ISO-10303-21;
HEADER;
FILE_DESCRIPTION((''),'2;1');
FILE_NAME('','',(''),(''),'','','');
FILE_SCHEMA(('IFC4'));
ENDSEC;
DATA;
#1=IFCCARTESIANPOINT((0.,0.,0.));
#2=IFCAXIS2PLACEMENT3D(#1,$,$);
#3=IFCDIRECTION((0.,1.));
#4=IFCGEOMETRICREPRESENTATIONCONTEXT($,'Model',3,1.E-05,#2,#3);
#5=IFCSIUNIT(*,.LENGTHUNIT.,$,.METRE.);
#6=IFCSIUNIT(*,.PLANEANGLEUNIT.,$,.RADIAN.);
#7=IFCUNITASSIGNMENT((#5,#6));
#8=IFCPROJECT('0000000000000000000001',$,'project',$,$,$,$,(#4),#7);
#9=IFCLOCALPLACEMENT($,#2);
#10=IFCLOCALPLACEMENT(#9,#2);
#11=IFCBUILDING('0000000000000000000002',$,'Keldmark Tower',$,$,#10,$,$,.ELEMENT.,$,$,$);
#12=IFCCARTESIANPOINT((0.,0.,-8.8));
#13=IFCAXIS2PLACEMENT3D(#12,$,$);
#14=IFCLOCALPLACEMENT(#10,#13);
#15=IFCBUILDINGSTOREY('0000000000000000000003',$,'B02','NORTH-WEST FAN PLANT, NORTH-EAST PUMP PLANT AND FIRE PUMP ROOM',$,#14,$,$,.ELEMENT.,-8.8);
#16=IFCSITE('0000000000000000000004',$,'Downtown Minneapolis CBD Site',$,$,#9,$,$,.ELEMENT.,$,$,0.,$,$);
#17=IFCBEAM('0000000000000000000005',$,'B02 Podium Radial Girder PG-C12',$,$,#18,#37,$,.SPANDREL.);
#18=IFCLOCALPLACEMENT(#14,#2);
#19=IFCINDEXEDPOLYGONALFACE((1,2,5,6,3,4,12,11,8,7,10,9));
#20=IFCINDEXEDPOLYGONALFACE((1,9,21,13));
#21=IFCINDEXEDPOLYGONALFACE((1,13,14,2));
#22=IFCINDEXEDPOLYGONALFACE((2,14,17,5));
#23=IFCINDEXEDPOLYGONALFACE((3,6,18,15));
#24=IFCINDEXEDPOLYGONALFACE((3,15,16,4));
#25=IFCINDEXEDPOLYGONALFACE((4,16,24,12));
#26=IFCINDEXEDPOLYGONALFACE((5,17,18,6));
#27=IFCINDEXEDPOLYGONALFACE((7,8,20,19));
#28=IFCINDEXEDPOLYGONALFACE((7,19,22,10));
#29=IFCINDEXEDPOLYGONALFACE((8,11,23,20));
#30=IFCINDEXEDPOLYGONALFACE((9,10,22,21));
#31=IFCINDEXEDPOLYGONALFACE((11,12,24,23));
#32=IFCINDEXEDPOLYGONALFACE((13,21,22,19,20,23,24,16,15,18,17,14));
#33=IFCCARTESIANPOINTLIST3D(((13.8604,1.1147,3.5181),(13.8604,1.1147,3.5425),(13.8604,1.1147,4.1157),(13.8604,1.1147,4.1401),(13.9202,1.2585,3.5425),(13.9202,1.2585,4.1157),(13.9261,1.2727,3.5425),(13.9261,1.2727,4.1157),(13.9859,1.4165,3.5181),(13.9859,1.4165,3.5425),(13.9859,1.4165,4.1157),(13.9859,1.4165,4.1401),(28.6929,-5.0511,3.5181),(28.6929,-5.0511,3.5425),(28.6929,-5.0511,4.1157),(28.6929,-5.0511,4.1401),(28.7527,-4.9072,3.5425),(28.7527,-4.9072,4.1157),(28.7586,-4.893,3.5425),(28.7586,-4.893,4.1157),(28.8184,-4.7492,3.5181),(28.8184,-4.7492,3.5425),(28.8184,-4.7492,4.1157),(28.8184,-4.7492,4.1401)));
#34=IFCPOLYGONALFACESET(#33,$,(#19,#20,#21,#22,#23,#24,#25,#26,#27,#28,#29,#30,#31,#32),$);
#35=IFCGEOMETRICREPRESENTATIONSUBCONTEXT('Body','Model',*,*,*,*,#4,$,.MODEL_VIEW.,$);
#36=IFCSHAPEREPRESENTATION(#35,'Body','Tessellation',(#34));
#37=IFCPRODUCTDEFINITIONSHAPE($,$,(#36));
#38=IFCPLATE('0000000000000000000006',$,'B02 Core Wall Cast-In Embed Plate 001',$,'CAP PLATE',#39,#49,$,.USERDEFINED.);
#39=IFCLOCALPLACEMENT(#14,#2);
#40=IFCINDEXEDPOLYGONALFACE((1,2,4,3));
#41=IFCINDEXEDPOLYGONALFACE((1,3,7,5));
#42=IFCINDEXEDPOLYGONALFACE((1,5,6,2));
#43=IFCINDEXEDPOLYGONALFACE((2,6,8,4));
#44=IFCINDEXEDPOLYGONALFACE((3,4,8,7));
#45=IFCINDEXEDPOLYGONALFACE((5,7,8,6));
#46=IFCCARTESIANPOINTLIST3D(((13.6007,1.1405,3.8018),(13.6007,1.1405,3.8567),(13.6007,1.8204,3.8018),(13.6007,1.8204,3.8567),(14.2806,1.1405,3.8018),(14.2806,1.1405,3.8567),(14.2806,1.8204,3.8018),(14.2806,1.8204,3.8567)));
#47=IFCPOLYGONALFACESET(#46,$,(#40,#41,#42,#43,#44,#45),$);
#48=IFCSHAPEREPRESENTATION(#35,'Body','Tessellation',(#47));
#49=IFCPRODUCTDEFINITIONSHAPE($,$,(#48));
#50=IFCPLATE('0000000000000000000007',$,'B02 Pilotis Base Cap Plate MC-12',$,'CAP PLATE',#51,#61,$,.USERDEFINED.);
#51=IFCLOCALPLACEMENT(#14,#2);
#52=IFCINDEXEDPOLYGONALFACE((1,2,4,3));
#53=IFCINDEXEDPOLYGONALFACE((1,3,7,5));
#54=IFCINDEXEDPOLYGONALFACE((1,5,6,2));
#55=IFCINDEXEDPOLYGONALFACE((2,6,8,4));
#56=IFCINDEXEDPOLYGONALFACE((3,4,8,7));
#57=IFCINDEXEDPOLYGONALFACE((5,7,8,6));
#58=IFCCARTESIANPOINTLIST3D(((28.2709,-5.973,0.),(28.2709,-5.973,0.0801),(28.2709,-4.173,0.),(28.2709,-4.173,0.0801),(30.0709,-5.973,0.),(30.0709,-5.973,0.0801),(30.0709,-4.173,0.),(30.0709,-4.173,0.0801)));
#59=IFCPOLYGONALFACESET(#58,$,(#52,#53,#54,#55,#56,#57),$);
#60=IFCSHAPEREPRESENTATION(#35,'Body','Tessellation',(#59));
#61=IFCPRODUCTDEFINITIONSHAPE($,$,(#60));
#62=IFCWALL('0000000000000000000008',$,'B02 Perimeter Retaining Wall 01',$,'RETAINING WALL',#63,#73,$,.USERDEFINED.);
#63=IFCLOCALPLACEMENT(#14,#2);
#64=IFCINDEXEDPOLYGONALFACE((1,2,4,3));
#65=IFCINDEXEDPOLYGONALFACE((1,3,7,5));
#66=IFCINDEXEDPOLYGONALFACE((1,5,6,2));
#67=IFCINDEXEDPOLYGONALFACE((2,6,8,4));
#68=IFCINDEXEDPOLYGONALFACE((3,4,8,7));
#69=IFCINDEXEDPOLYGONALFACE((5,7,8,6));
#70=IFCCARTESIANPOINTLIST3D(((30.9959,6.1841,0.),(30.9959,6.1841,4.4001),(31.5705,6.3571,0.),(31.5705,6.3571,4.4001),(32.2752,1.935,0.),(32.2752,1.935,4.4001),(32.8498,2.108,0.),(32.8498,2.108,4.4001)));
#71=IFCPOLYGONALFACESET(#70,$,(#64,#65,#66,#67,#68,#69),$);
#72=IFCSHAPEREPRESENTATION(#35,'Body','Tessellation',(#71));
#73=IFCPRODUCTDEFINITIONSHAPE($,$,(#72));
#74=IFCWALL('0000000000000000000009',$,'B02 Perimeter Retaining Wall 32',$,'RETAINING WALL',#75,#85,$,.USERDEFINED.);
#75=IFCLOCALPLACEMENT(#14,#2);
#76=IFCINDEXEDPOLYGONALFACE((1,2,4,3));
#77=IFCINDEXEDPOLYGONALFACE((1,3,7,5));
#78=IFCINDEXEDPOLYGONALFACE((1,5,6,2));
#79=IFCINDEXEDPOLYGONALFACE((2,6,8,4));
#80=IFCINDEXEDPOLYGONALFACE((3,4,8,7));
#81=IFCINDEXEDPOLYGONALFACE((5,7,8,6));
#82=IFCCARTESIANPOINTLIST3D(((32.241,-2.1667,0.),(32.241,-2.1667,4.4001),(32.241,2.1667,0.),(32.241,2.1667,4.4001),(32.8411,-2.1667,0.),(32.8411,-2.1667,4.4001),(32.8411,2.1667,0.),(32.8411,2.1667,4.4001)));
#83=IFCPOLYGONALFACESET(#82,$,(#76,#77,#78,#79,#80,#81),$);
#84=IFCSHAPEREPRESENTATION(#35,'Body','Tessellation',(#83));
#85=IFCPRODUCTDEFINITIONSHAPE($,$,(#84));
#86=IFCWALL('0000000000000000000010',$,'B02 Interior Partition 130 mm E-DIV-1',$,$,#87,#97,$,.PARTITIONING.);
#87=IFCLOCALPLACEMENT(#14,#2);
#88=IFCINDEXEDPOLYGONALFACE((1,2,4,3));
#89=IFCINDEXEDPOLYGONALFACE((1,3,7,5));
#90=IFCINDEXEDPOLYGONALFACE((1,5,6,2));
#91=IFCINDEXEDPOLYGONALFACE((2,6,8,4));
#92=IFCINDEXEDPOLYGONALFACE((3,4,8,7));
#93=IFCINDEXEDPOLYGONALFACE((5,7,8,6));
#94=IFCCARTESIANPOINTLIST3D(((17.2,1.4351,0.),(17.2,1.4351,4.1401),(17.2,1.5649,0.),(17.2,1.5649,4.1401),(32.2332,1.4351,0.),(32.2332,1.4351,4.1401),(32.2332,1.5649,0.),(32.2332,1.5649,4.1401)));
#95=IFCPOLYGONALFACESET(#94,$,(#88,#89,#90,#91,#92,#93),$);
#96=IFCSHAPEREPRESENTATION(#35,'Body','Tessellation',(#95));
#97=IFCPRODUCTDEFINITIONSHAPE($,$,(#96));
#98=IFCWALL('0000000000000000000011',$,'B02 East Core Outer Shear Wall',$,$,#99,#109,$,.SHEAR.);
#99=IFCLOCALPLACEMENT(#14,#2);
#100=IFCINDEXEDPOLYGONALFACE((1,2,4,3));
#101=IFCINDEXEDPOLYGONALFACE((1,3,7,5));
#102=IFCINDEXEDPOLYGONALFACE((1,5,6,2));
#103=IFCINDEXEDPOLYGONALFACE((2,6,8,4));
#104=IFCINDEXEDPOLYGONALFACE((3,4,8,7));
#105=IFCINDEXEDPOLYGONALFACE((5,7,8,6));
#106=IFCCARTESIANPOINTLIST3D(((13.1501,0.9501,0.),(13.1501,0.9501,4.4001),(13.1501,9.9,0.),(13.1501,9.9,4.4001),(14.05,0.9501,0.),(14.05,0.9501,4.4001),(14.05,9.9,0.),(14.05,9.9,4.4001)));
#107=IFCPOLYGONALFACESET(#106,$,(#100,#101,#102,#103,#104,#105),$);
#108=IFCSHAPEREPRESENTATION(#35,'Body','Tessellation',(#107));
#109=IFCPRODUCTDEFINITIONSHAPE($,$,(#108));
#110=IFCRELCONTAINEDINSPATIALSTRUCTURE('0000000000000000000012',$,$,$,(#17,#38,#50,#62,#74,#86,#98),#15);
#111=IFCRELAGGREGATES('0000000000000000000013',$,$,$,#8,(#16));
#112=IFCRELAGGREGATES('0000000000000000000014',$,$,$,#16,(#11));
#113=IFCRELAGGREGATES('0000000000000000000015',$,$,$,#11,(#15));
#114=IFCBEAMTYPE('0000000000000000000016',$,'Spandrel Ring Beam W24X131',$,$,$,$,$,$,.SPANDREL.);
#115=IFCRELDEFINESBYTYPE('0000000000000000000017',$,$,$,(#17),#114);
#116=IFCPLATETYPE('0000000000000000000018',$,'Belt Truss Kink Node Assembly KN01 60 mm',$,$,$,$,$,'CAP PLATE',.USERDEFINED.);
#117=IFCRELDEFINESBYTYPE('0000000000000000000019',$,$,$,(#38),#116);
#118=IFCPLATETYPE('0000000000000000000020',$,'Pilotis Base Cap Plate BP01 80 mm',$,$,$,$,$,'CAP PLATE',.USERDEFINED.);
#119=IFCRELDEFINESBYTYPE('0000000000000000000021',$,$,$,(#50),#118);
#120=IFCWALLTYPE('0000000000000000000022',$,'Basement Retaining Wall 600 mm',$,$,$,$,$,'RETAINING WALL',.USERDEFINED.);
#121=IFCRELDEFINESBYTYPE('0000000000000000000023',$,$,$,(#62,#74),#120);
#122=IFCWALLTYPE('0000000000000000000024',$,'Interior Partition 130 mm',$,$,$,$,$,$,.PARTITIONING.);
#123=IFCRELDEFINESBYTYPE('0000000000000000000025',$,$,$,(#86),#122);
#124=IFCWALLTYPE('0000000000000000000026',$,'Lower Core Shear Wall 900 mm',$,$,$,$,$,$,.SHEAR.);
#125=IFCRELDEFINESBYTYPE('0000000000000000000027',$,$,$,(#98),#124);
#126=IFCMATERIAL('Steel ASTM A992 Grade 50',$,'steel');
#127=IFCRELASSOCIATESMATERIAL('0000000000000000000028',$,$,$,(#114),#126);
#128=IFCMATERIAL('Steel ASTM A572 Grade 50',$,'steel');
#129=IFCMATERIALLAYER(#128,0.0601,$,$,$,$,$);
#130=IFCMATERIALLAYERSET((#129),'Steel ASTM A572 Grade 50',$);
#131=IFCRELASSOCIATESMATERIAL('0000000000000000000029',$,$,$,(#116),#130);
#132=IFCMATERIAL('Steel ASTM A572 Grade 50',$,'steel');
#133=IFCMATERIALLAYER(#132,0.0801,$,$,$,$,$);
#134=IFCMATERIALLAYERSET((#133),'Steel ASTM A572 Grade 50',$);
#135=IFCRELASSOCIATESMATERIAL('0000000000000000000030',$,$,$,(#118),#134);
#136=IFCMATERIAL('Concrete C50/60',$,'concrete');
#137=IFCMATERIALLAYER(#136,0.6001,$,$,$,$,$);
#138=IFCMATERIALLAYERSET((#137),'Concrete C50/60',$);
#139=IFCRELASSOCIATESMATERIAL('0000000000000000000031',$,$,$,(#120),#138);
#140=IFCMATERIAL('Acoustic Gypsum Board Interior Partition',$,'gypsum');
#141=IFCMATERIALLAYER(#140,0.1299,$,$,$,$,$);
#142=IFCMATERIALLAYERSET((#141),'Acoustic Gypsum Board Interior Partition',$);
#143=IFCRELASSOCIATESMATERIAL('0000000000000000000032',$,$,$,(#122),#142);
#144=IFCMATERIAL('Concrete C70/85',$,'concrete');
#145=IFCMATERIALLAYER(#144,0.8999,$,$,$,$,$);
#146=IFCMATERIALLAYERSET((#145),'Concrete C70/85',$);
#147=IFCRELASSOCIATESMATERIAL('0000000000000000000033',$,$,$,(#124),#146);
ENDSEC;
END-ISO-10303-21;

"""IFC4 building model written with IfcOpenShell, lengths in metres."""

from ifc_helpers import new_model, si_unit, direction, frame, frame_2d, origin, origin_2d, place, context, subcontext, project, spatial, rectangle, i_section, extrude, material, layer, layer_set, material_profile, profile_set, type_object, element, save


model = new_model("IFC4")

# Units and contexts
model_context = context("Model", 3, precision=1e-05, world=origin(), true_north=direction((0.0, 1.0)))
body_context = subcontext(model_context, "Body", "Model", "MODEL_VIEW")
ifc_project = project(units=[si_unit("LENGTHUNIT", "METRE"), si_unit("PLANEANGLEUNIT", "RADIAN")], contexts=[model_context])

# Site, building, storey
site_placement = place(None, origin())
site = spatial("IfcSite", under=ifc_project, at=site_placement, Name="Downtown Minneapolis CBD Site", CompositionType="ELEMENT", RefElevation=0.0)
building_placement = place(site_placement, origin())
building = spatial("IfcBuilding", under=site, at=building_placement, Name="Keldmark Tower", CompositionType="ELEMENT")
storey_placement = place(building_placement, frame((0.0, 0.0, -8.8)))
storey = spatial("IfcBuildingStorey", under=building, at=storey_placement, Name="B02", Description="NORTH-WEST FAN PLANT, NORTH-EAST PUMP PLANT AND FIRE PUMP ROOM", CompositionType="ELEMENT", Elevation=-8.8)

# Beam
ifc_material_1 = material(Name="Steel ASTM A992 Grade 50", Category="steel")
ifc_material_profile_1 = material_profile(ifc_material_1, i_section(OverallWidth=0.3269, OverallDepth=0.6221, WebThickness=0.0154, FlangeThickness=0.0244, at=origin_2d()), Name="W24X131")
ifc_profile_set_1 = profile_set([ifc_material_profile_1], Name="Steel ASTM A992 Grade 50")
beam_type_1 = type_object("IfcBeamType", Name="Spandrel Ring Beam W24X131", PredefinedType="SPANDREL", material=ifc_profile_set_1)
beam_1_placement = place(storey_placement, frame((28.7556, -4.9001, 3.8291), z_axis=(-0.923396, 0.383849, 0.0), x_axis=(-0.383849, -0.923396, 0.0)))
element("IfcBeam", 1, at=beam_1_placement, inside=storey, type_object=beam_type_1, Name="B02 Podium Radial Girder PG-C12", PredefinedType="SPANDREL", context=body_context, shape_type="SweptSolid", body=[
    extrude(i_section(OverallWidth=0.3269, OverallDepth=0.6221, WebThickness=0.0154, FlangeThickness=0.0244, at=origin_2d()), origin(), (0.0, 0.0, 1.0), 16.063),
])

# Plates
ifc_material_2 = material(Name="Steel ASTM A572 Grade 50", Category="steel")
ifc_layer_1 = layer(ifc_material_2, 0.0601)
ifc_layer_set_1 = layer_set([ifc_layer_1], Name="Steel ASTM A572 Grade 50")
plate_type_1 = type_object("IfcPlateType", Name="Belt Truss Kink Node Assembly KN01 60 mm", ElementType="CAP PLATE", PredefinedType="USERDEFINED", material=ifc_layer_set_1)
plate_1_placement = place(storey_placement, frame((13.9407, 1.4805, 3.8018), z_axis=(0.0, 0.0, 1.0), x_axis=(1.0, 0.0, 0.0)))
element("IfcPlate", 2, at=plate_1_placement, inside=storey, type_object=plate_type_1, Name="B02 Core Wall Cast-In Embed Plate 001", ObjectType="CAP PLATE", PredefinedType="USERDEFINED", context=body_context, shape_type="SweptSolid", body=[
    extrude(rectangle(XDim=0.6799, YDim=0.6799, at=origin_2d()), origin(), (0.0, 0.0, 1.0), 0.0549),
])
ifc_material_3 = material(Name="Steel ASTM A572 Grade 50", Category="steel")
ifc_layer_2 = layer(ifc_material_3, 0.0801)
ifc_layer_set_2 = layer_set([ifc_layer_2], Name="Steel ASTM A572 Grade 50")
plate_type_2 = type_object("IfcPlateType", Name="Pilotis Base Cap Plate BP01 80 mm", ElementType="CAP PLATE", PredefinedType="USERDEFINED", material=ifc_layer_set_2)
plate_2_placement = place(storey_placement, frame((29.1709, -5.073, 0.0), z_axis=(0.0, 0.0, 1.0), x_axis=(1.0, 0.0, 0.0)))
element("IfcPlate", 3, at=plate_2_placement, inside=storey, type_object=plate_type_2, Name="B02 Pilotis Base Cap Plate MC-12", ObjectType="CAP PLATE", PredefinedType="USERDEFINED", context=body_context, shape_type="SweptSolid", body=[
    extrude(rectangle(XDim=1.8, YDim=1.8, at=origin_2d()), origin(), (0.0, 0.0, 1.0), 0.0801),
])

# Walls
ifc_material_4 = material(Name="Concrete C50/60", Category="concrete")
ifc_layer_3 = layer(ifc_material_4, 0.6001)
ifc_layer_set_3 = layer_set([ifc_layer_3], Name="Concrete C50/60")
wall_type_1 = type_object("IfcWallType", Name="Basement Retaining Wall 600 mm", ElementType="RETAINING WALL", PredefinedType="USERDEFINED", material=ifc_layer_set_3)
wall_1_placement = place(storey_placement, frame((32.5625, 2.0215, 0.0), z_axis=(0.0, 0.0, 1.0), x_axis=(-0.288297, 0.957541, 0.0)))
element("IfcWall", 4, at=wall_1_placement, inside=storey, type_object=wall_type_1, Name="B02 Perimeter Retaining Wall 01", ObjectType="RETAINING WALL", PredefinedType="USERDEFINED", context=body_context, shape_type="SweptSolid", body=[
    extrude(rectangle(XDim=4.4375, YDim=0.6001, at=frame_2d((2.2188, 0.0))), origin(), (0.0, 0.0, 1.0), 4.4001),
])
wall_2_placement = place(storey_placement, frame((32.541, -2.1667, 0.0), z_axis=(0.0, 0.0, 1.0), x_axis=(0.0, 1.0, 0.0)))
element("IfcWall", 5, at=wall_2_placement, inside=storey, type_object=wall_type_1, Name="B02 Perimeter Retaining Wall 32", ObjectType="RETAINING WALL", PredefinedType="USERDEFINED", context=body_context, shape_type="SweptSolid", body=[
    extrude(rectangle(XDim=4.3335, YDim=0.6001, at=frame_2d((2.1667, 0.0))), origin(), (0.0, 0.0, 1.0), 4.4001),
])
ifc_material_5 = material(Name="Acoustic Gypsum Board Interior Partition", Category="gypsum")
ifc_layer_4 = layer(ifc_material_5, 0.1299)
ifc_layer_set_4 = layer_set([ifc_layer_4], Name="Acoustic Gypsum Board Interior Partition")
wall_type_2 = type_object("IfcWallType", Name="Interior Partition 130 mm", PredefinedType="PARTITIONING", material=ifc_layer_set_4)
wall_3_placement = place(storey_placement, frame((17.2, 1.5, 0.0), z_axis=(0.0, 0.0, 1.0), x_axis=(1.0, 0.0, 0.0)))
element("IfcWall", 6, at=wall_3_placement, inside=storey, type_object=wall_type_2, Name="B02 Interior Partition 130 mm E-DIV-1", PredefinedType="PARTITIONING", context=body_context, shape_type="SweptSolid", body=[
    extrude(rectangle(XDim=15.0332, YDim=0.1299, at=frame_2d((7.5166, 0.0))), origin(), (0.0, 0.0, 1.0), 4.1401),
])
ifc_material_6 = material(Name="Concrete C70/85", Category="concrete")
ifc_layer_5 = layer(ifc_material_6, 0.8999)
ifc_layer_set_5 = layer_set([ifc_layer_5], Name="Concrete C70/85")
wall_type_3 = type_object("IfcWallType", Name="Lower Core Shear Wall 900 mm", PredefinedType="SHEAR", material=ifc_layer_set_5)
wall_4_placement = place(storey_placement, frame((13.6001, 0.95, 0.0), z_axis=(0.0, 0.0, 1.0), x_axis=(0.0, 1.0, 0.0)))
element("IfcWall", 7, at=wall_4_placement, inside=storey, type_object=wall_type_3, Name="B02 East Core Outer Shear Wall", PredefinedType="SHEAR", context=body_context, shape_type="SweptSolid", body=[
    extrude(rectangle(XDim=8.95, YDim=0.8999, at=frame_2d((4.4751, 0.0))), origin(), (0.0, 0.0, 1.0), 4.4001),
])

save(model, "model.ifc")
